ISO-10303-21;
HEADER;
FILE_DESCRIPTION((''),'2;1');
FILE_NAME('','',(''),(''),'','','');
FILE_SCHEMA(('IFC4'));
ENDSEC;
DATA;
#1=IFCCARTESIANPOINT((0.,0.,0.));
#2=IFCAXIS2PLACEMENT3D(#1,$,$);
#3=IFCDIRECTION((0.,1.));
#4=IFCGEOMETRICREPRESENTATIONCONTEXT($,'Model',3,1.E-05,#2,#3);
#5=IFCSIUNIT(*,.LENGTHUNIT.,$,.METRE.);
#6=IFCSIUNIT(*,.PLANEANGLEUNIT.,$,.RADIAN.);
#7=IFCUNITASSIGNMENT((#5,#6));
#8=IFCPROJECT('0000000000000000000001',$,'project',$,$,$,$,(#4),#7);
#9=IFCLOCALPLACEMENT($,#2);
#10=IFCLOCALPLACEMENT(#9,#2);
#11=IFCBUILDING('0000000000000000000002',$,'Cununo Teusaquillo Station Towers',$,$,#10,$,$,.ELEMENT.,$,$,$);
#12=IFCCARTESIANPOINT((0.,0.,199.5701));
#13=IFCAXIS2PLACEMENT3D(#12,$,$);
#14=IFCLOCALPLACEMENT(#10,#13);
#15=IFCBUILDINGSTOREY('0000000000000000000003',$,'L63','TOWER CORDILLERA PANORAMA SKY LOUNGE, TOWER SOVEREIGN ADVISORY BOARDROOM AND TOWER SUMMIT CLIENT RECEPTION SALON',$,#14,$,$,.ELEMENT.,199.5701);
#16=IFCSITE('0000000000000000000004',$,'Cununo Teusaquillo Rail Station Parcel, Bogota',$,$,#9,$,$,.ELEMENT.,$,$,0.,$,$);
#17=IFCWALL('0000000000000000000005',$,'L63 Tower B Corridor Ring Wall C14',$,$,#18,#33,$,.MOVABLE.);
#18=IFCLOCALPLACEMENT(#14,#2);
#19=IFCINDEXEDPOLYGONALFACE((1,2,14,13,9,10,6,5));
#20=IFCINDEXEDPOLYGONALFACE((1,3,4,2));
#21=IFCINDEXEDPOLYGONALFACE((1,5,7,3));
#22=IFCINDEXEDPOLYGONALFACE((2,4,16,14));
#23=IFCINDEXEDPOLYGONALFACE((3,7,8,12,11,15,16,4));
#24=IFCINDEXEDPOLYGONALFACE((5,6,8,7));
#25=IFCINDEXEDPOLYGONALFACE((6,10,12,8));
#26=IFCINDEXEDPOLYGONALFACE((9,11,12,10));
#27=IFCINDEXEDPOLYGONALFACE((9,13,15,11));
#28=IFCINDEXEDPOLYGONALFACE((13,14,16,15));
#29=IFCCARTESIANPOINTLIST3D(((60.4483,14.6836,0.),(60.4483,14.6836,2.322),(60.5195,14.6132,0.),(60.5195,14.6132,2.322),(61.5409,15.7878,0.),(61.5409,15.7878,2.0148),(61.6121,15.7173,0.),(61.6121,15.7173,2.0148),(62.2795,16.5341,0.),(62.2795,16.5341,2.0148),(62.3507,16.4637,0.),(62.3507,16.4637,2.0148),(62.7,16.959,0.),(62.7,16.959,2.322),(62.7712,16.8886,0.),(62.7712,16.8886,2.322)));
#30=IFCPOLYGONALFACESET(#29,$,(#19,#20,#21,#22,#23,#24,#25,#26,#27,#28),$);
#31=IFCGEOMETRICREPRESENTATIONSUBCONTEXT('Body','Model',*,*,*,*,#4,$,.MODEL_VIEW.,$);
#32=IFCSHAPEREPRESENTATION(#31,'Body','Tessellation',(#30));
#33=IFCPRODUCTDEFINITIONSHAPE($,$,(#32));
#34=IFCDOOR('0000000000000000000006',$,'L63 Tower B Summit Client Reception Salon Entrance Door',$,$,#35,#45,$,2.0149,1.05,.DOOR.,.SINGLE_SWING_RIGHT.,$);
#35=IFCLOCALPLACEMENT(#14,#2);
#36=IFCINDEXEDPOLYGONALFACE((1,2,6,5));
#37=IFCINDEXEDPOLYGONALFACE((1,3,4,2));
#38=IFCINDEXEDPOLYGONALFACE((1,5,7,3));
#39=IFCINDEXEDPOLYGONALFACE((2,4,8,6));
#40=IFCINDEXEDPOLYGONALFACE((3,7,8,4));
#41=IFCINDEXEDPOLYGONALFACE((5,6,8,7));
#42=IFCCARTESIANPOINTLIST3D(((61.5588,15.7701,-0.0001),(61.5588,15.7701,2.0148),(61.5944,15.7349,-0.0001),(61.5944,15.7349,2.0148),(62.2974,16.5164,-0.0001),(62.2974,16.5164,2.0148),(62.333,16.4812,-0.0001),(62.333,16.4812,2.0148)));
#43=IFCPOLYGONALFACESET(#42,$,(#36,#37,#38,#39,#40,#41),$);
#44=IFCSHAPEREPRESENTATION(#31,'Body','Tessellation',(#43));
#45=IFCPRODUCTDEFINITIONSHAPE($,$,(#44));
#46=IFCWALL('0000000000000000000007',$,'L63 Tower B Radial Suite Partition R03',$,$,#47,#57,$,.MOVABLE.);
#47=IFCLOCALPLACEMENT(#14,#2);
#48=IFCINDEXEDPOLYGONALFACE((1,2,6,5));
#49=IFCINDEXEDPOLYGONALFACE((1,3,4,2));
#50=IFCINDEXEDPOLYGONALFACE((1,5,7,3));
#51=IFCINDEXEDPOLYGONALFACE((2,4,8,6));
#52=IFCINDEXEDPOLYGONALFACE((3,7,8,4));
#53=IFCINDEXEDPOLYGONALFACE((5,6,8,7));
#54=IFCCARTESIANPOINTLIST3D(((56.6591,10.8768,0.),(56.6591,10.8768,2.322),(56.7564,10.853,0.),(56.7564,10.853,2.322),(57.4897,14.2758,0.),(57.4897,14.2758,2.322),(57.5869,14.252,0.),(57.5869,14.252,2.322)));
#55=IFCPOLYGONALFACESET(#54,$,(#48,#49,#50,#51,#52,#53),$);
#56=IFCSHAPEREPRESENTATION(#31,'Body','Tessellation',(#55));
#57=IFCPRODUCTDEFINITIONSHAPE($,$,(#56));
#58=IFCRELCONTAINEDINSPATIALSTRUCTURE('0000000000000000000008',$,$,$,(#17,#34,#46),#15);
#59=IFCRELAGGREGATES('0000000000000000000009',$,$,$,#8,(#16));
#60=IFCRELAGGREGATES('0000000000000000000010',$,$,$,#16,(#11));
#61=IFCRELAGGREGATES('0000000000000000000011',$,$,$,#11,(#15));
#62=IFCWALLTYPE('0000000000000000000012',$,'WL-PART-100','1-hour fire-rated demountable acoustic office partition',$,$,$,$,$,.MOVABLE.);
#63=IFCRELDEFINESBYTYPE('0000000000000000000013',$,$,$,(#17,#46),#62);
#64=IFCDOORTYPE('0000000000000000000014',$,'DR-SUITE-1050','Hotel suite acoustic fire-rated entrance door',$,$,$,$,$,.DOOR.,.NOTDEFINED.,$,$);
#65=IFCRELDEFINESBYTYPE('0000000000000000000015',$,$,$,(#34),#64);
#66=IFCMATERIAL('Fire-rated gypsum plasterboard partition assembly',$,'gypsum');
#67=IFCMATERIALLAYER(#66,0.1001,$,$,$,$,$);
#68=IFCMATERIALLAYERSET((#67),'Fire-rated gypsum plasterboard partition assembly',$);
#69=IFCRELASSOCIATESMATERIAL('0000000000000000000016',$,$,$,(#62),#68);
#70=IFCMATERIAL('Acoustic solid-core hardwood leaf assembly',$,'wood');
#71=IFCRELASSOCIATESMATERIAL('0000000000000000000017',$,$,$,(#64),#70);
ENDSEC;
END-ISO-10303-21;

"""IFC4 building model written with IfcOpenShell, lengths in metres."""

from ifc_helpers import new_model, si_unit, direction, frame, frame_2d, origin, place, context, subcontext, project, spatial, rectangle, extrude, source, transform, mapped, material, layer, layer_set, type_object, element, fill, save


model = new_model("IFC4")

# Units and contexts
model_context = context("Model", 3, precision=1e-05, world=origin(), true_north=direction((0.0, 1.0)))
body_context = subcontext(model_context, "Body", "Model", "MODEL_VIEW")
ifc_project = project(units=[si_unit("LENGTHUNIT", "METRE"), si_unit("PLANEANGLEUNIT", "RADIAN")], contexts=[model_context])

# Site, building, storey
site_placement = place(None, origin())
site = spatial("IfcSite", under=ifc_project, at=site_placement, Name="Cununo Teusaquillo Rail Station Parcel, Bogota", CompositionType="ELEMENT", RefElevation=0.0)
building_placement = place(site_placement, origin())
building = spatial("IfcBuilding", under=site, at=building_placement, Name="Cununo Teusaquillo Station Towers", CompositionType="ELEMENT")
storey_placement = place(building_placement, frame((0.0, 0.0, 199.5701)))
storey = spatial("IfcBuildingStorey", under=building, at=storey_placement, Name="L63", Description="TOWER CORDILLERA PANORAMA SKY LOUNGE, TOWER SOVEREIGN ADVISORY BOARDROOM AND TOWER SUMMIT CLIENT RECEPTION SALON", CompositionType="ELEMENT", Elevation=199.5701)

# Shared definitions
ifc_material_1 = material(Name="Fire-rated gypsum plasterboard partition assembly", Category="gypsum")
ifc_layer_1 = layer(ifc_material_1, 0.1001)
ifc_layer_set_1 = layer_set([ifc_layer_1], Name="Fire-rated gypsum plasterboard partition assembly")
wall_type_1 = type_object("IfcWallType", Name="WL-PART-100", Description="1-hour fire-rated demountable acoustic office partition", PredefinedType="MOVABLE", material=ifc_layer_set_1)

# Wall, opening, door
wall_1_placement = place(storey_placement, frame((60.4839, 14.6484, 0.0), z_axis=(0.0, 0.0, 1.0), x_axis=(0.703398, 0.710796, 0.0)))
wall_1 = element("IfcWall", 1, at=wall_1_placement, inside=storey, type_object=wall_type_1, Name="L63 Tower B Corridor Ring Wall C14", PredefinedType="MOVABLE", context=body_context, shape_type="SweptSolid", body=[
    extrude(rectangle(XDim=3.2012, YDim=0.1001, at=frame_2d((1.6006, 0.0))), origin(), (0.0, 0.0, 1.0), 2.322),
])
shared_shape_1 = source(origin(), body_context, "Body", "SweptSolid", [
    extrude(rectangle(XDim=1.05, YDim=2.0149, at=frame_2d((0.5249, 1.0073))), frame((0.0, 0.0601, 0.0), z_axis=(0.0, -1.0, 0.0), x_axis=(1.0, 0.0, 0.0)), (0.0, 0.0, 1.0), 0.1201),
])
opening_1_placement = place(wall_1_placement, frame((1.5535, 0.0, 0.0)))
opening_1 = element("IfcOpeningElement", 2, at=opening_1_placement, cuts=wall_1, PredefinedType="OPENING", context=body_context, shape_type="MappedRepresentation", body=[
    mapped(shared_shape_1, transform((0.0, 0.0, 0.0), x_axis=(1.0, 0.0, 0.0), y_axis=(0.0, 1.0, 0.0), z_axis=(0.0, 0.0, 1.0), scale=1.0)),
])
ifc_material_2 = material(Name="Acoustic solid-core hardwood leaf assembly", Category="wood")
door_type_1 = type_object("IfcDoorType", Name="DR-SUITE-1050", Description="Hotel suite acoustic fire-rated entrance door", OperationType="NOTDEFINED", PredefinedType="DOOR", material=ifc_material_2)
shared_shape_2 = source(origin(), body_context, "Body", "SweptSolid", [
    extrude(rectangle(XDim=1.05, YDim=2.0149, at=frame_2d((0.5249, 1.0073))), frame((0.0, 0.0249, 0.0), z_axis=(0.0, -1.0, 0.0), x_axis=(1.0, 0.0, 0.0)), (0.0, 0.0, 1.0), 0.05),
])
door_1_placement = place(opening_1_placement, origin())
door_1 = element("IfcDoor", 3, at=door_1_placement, inside=storey, type_object=door_type_1, Name="L63 Tower B Summit Client Reception Salon Entrance Door", OperationType="SINGLE_SWING_RIGHT", OverallHeight=2.0149, OverallWidth=1.05, PredefinedType="DOOR", context=body_context, shape_type="MappedRepresentation", body=[
    mapped(shared_shape_2, transform((0.0, 0.0, 0.0), x_axis=(1.0, 0.0, 0.0), y_axis=(0.0, 1.0, 0.0), z_axis=(0.0, 0.0, 1.0), scale=1.0)),
])
fill(opening_1, door_1)

# Wall
wall_2_placement = place(storey_placement, frame((57.5383, 14.2639, 0.0), z_axis=(0.0, 0.0, 1.0), x_axis=(-0.237377, -0.971418, 0.0)))
element("IfcWall", 4, at=wall_2_placement, inside=storey, type_object=wall_type_1, Name="L63 Tower B Radial Suite Partition R03", PredefinedType="MOVABLE", context=body_context, shape_type="SweptSolid", body=[
    extrude(rectangle(XDim=3.499, YDim=0.1001, at=frame_2d((1.7495, 0.0))), origin(), (0.0, 0.0, 1.0), 2.322),
])

save(model, "model.ifc")
